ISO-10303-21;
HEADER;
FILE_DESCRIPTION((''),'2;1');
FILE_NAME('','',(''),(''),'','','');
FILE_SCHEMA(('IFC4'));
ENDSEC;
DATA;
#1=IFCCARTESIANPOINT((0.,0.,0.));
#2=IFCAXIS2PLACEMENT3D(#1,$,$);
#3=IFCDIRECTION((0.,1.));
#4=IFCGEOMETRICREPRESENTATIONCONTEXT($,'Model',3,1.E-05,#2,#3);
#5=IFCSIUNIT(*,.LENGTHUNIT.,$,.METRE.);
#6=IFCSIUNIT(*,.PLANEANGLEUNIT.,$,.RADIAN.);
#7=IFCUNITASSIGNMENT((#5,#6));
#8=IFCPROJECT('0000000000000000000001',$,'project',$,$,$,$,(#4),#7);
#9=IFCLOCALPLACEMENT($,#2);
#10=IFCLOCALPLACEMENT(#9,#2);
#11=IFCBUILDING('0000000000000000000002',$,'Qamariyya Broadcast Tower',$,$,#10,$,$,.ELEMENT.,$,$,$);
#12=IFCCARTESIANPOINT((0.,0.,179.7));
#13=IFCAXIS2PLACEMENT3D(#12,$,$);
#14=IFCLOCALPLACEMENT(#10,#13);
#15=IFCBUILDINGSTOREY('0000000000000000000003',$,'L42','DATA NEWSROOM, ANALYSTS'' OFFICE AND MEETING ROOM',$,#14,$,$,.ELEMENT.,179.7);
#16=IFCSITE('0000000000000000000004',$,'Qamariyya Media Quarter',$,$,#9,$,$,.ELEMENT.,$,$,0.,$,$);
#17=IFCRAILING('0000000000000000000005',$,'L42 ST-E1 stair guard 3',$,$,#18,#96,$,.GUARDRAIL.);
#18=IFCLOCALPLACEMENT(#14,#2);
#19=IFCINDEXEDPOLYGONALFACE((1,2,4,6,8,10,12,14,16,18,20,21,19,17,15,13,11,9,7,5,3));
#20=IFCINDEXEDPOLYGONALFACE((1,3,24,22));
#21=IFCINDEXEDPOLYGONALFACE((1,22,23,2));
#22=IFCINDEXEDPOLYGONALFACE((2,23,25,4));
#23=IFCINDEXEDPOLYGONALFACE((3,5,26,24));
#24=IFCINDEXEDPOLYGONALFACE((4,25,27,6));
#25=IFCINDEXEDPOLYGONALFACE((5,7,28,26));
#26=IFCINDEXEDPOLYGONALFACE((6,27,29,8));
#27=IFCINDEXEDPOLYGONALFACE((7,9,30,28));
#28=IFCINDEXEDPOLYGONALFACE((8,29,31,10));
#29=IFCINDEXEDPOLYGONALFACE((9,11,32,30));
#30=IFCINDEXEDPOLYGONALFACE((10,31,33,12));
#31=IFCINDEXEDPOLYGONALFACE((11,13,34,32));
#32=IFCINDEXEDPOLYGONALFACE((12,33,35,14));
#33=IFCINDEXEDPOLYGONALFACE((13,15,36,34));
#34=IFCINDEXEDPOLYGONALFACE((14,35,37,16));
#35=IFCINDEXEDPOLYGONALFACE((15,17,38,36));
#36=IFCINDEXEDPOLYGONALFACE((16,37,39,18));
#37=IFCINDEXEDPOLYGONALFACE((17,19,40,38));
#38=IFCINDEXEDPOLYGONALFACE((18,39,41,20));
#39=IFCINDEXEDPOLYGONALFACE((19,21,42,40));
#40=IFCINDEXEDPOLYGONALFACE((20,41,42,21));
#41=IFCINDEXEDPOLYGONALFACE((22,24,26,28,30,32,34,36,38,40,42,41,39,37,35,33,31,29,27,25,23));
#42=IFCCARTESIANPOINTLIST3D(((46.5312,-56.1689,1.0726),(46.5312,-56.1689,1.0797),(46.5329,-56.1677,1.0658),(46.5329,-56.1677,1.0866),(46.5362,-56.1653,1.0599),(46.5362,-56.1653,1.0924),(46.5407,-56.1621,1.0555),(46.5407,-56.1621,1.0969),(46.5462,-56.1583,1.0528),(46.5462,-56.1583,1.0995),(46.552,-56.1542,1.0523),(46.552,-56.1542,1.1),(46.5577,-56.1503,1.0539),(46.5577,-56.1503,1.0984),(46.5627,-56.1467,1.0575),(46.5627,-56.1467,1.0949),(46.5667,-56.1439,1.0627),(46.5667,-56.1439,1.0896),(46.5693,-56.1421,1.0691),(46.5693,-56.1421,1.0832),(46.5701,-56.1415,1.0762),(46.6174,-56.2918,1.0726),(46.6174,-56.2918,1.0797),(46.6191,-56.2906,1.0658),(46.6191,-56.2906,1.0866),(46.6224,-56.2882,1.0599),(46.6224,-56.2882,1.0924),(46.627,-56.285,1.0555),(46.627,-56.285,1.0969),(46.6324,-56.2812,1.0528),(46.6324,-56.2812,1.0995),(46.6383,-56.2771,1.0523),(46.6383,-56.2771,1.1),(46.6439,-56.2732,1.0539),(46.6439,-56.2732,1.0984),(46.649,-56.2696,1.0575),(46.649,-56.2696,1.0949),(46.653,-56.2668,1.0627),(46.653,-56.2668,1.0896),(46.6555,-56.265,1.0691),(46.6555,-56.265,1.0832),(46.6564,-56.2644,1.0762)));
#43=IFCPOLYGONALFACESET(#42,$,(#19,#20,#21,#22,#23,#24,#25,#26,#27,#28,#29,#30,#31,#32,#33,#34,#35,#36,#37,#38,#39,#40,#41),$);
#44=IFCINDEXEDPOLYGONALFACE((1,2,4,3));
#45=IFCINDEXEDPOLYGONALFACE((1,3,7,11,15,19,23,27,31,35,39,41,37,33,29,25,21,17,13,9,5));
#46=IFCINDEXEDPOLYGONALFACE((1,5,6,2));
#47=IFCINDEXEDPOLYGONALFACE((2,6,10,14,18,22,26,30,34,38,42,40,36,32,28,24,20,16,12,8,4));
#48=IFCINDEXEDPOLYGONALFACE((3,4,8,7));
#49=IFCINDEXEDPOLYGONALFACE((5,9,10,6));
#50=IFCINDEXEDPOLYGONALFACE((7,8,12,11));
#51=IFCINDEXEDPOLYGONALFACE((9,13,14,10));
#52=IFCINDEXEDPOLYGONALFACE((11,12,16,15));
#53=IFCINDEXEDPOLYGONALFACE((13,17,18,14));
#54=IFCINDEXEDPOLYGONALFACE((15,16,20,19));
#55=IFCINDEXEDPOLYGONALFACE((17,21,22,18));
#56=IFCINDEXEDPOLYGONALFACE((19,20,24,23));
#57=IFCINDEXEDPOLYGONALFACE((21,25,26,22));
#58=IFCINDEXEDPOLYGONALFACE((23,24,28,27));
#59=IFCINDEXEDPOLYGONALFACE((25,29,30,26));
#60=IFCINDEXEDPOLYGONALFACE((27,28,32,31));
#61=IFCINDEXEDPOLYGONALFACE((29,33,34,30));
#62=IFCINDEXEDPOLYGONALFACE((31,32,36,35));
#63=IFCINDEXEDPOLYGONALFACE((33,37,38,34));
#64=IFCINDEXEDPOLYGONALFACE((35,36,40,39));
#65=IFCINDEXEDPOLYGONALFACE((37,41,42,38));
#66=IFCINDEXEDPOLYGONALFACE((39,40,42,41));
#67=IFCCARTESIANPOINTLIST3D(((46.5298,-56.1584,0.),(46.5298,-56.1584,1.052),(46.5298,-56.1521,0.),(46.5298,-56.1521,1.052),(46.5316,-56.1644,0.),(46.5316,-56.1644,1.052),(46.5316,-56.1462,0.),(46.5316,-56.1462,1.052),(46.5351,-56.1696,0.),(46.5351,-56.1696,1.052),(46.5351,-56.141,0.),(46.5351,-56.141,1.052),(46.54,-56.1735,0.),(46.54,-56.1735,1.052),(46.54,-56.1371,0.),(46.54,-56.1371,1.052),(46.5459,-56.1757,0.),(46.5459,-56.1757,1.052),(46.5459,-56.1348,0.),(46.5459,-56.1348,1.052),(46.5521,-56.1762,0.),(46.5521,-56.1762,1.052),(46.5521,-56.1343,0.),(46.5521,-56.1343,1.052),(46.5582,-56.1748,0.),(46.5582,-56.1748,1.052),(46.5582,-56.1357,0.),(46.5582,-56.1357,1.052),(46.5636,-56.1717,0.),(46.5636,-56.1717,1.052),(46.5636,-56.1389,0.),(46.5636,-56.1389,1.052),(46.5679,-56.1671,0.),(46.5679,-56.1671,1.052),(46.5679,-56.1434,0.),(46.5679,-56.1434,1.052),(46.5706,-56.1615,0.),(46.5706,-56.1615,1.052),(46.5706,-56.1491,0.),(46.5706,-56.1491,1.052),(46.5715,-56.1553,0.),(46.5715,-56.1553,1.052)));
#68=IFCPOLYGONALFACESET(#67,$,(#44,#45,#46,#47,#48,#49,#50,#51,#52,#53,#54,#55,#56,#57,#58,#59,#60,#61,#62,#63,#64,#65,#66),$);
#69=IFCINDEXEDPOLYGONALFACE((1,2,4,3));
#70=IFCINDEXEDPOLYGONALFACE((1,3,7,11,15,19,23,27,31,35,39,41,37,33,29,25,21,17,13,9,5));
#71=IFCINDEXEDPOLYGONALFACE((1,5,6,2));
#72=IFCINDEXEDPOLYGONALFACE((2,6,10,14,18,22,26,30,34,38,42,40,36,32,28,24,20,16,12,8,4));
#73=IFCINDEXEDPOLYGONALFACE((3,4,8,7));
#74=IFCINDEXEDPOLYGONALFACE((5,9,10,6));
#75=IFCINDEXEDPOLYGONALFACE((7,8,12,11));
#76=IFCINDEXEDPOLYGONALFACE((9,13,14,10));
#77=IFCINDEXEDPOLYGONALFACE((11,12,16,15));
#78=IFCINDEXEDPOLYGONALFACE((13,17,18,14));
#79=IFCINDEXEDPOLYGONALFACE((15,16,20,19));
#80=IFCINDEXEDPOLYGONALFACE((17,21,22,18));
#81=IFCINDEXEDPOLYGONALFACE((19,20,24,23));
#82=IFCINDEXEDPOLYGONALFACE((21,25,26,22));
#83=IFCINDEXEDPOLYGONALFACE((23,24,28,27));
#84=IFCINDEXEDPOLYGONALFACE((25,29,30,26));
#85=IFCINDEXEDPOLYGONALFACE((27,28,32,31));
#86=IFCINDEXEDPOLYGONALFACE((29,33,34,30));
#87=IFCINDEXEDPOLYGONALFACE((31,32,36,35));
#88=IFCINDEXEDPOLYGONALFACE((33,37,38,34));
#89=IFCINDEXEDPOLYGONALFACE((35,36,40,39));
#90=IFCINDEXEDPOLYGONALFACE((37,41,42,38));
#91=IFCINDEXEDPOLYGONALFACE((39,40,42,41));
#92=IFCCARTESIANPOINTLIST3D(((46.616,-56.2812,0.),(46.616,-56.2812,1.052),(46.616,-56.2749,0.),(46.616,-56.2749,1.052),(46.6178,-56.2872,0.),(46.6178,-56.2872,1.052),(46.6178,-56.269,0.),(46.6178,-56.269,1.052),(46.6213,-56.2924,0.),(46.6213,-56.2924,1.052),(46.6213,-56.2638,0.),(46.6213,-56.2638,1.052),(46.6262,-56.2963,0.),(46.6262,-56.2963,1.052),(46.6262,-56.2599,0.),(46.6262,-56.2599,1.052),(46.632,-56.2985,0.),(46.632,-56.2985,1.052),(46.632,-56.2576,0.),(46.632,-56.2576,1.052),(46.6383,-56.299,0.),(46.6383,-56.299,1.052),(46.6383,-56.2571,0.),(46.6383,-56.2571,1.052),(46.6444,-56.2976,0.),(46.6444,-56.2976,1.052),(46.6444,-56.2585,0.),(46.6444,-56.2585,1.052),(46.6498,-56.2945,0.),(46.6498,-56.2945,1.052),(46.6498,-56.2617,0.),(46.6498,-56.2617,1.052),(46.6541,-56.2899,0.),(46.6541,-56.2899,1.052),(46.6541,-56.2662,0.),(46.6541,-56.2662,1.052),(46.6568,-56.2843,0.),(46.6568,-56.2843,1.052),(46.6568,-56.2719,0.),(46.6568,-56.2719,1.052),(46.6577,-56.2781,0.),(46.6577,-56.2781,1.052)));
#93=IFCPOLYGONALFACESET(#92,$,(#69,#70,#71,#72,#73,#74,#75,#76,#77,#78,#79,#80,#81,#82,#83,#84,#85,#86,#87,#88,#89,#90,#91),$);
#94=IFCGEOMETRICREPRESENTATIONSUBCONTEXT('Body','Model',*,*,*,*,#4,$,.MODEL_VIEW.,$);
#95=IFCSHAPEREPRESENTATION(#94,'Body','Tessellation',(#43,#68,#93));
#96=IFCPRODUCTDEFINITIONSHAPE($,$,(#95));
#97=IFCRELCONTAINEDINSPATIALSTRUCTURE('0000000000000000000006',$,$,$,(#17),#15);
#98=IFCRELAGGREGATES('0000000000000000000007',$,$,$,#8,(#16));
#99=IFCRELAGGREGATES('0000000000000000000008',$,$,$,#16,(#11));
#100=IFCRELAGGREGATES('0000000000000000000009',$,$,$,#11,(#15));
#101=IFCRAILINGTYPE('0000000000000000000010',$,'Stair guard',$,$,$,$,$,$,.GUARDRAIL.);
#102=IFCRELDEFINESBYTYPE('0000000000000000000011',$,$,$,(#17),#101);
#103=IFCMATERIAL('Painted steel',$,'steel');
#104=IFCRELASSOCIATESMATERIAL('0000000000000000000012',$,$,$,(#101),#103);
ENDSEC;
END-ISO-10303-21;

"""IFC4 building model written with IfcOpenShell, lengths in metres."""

from ifc_helpers import new_model, si_unit, direction, frame, origin, origin_2d, place, context, subcontext, project, spatial, circle, extrude, material, type_object, element, save


model = new_model("IFC4")

# Units and contexts
model_context = context("Model", 3, precision=1e-05, world=origin(), true_north=direction((0.0, 1.0)))
body_context = subcontext(model_context, "Body", "Model", "MODEL_VIEW")
ifc_project = project(units=[si_unit("LENGTHUNIT", "METRE"), si_unit("PLANEANGLEUNIT", "RADIAN")], contexts=[model_context])

# Site, building, storey
site_placement = place(None, origin())
site = spatial("IfcSite", under=ifc_project, at=site_placement, Name="Qamariyya Media Quarter", CompositionType="ELEMENT", RefElevation=0.0)
building_placement = place(site_placement, origin())
building = spatial("IfcBuilding", under=site, at=building_placement, Name="Qamariyya Broadcast Tower", CompositionType="ELEMENT")
storey_placement = place(building_placement, frame((0.0, 0.0, 179.7)))
storey = spatial("IfcBuildingStorey", under=building, at=storey_placement, Name="L42", Description="DATA NEWSROOM, ANALYSTS' OFFICE AND MEETING ROOM", CompositionType="ELEMENT", Elevation=179.7)

# Railing
ifc_material_1 = material(Name="Painted steel", Category="steel")
railing_type_1 = type_object("IfcRailingType", Name="Stair guard", PredefinedType="GUARDRAIL", material=ifc_material_1)
railing_1_placement = place(storey_placement, frame((46.5505, -56.1553, 0.0)))
element("IfcRailing", 1, at=railing_1_placement, inside=storey, type_object=railing_type_1, Name="L42 ST-E1 stair guard 3", PredefinedType="GUARDRAIL", context=body_context, shape_type="SweptSolid", body=[
    extrude(circle(Radius=0.0239, at=origin_2d()), frame((0.0, 0.0, 1.0762), z_axis=(0.574445, -0.818543, 0.0), x_axis=(0.818543, 0.574445, 0.0)), (0.0, 0.0, 1.0), 0.1501),
    extrude(circle(Radius=0.021, at=origin_2d()), origin(), (0.0, 0.0, 1.0), 1.052),
    extrude(circle(Radius=0.021, at=origin_2d()), frame((0.0862, -0.1228, 0.0)), (0.0, 0.0, 1.0), 1.052),
])

save(model, "model.ifc")
